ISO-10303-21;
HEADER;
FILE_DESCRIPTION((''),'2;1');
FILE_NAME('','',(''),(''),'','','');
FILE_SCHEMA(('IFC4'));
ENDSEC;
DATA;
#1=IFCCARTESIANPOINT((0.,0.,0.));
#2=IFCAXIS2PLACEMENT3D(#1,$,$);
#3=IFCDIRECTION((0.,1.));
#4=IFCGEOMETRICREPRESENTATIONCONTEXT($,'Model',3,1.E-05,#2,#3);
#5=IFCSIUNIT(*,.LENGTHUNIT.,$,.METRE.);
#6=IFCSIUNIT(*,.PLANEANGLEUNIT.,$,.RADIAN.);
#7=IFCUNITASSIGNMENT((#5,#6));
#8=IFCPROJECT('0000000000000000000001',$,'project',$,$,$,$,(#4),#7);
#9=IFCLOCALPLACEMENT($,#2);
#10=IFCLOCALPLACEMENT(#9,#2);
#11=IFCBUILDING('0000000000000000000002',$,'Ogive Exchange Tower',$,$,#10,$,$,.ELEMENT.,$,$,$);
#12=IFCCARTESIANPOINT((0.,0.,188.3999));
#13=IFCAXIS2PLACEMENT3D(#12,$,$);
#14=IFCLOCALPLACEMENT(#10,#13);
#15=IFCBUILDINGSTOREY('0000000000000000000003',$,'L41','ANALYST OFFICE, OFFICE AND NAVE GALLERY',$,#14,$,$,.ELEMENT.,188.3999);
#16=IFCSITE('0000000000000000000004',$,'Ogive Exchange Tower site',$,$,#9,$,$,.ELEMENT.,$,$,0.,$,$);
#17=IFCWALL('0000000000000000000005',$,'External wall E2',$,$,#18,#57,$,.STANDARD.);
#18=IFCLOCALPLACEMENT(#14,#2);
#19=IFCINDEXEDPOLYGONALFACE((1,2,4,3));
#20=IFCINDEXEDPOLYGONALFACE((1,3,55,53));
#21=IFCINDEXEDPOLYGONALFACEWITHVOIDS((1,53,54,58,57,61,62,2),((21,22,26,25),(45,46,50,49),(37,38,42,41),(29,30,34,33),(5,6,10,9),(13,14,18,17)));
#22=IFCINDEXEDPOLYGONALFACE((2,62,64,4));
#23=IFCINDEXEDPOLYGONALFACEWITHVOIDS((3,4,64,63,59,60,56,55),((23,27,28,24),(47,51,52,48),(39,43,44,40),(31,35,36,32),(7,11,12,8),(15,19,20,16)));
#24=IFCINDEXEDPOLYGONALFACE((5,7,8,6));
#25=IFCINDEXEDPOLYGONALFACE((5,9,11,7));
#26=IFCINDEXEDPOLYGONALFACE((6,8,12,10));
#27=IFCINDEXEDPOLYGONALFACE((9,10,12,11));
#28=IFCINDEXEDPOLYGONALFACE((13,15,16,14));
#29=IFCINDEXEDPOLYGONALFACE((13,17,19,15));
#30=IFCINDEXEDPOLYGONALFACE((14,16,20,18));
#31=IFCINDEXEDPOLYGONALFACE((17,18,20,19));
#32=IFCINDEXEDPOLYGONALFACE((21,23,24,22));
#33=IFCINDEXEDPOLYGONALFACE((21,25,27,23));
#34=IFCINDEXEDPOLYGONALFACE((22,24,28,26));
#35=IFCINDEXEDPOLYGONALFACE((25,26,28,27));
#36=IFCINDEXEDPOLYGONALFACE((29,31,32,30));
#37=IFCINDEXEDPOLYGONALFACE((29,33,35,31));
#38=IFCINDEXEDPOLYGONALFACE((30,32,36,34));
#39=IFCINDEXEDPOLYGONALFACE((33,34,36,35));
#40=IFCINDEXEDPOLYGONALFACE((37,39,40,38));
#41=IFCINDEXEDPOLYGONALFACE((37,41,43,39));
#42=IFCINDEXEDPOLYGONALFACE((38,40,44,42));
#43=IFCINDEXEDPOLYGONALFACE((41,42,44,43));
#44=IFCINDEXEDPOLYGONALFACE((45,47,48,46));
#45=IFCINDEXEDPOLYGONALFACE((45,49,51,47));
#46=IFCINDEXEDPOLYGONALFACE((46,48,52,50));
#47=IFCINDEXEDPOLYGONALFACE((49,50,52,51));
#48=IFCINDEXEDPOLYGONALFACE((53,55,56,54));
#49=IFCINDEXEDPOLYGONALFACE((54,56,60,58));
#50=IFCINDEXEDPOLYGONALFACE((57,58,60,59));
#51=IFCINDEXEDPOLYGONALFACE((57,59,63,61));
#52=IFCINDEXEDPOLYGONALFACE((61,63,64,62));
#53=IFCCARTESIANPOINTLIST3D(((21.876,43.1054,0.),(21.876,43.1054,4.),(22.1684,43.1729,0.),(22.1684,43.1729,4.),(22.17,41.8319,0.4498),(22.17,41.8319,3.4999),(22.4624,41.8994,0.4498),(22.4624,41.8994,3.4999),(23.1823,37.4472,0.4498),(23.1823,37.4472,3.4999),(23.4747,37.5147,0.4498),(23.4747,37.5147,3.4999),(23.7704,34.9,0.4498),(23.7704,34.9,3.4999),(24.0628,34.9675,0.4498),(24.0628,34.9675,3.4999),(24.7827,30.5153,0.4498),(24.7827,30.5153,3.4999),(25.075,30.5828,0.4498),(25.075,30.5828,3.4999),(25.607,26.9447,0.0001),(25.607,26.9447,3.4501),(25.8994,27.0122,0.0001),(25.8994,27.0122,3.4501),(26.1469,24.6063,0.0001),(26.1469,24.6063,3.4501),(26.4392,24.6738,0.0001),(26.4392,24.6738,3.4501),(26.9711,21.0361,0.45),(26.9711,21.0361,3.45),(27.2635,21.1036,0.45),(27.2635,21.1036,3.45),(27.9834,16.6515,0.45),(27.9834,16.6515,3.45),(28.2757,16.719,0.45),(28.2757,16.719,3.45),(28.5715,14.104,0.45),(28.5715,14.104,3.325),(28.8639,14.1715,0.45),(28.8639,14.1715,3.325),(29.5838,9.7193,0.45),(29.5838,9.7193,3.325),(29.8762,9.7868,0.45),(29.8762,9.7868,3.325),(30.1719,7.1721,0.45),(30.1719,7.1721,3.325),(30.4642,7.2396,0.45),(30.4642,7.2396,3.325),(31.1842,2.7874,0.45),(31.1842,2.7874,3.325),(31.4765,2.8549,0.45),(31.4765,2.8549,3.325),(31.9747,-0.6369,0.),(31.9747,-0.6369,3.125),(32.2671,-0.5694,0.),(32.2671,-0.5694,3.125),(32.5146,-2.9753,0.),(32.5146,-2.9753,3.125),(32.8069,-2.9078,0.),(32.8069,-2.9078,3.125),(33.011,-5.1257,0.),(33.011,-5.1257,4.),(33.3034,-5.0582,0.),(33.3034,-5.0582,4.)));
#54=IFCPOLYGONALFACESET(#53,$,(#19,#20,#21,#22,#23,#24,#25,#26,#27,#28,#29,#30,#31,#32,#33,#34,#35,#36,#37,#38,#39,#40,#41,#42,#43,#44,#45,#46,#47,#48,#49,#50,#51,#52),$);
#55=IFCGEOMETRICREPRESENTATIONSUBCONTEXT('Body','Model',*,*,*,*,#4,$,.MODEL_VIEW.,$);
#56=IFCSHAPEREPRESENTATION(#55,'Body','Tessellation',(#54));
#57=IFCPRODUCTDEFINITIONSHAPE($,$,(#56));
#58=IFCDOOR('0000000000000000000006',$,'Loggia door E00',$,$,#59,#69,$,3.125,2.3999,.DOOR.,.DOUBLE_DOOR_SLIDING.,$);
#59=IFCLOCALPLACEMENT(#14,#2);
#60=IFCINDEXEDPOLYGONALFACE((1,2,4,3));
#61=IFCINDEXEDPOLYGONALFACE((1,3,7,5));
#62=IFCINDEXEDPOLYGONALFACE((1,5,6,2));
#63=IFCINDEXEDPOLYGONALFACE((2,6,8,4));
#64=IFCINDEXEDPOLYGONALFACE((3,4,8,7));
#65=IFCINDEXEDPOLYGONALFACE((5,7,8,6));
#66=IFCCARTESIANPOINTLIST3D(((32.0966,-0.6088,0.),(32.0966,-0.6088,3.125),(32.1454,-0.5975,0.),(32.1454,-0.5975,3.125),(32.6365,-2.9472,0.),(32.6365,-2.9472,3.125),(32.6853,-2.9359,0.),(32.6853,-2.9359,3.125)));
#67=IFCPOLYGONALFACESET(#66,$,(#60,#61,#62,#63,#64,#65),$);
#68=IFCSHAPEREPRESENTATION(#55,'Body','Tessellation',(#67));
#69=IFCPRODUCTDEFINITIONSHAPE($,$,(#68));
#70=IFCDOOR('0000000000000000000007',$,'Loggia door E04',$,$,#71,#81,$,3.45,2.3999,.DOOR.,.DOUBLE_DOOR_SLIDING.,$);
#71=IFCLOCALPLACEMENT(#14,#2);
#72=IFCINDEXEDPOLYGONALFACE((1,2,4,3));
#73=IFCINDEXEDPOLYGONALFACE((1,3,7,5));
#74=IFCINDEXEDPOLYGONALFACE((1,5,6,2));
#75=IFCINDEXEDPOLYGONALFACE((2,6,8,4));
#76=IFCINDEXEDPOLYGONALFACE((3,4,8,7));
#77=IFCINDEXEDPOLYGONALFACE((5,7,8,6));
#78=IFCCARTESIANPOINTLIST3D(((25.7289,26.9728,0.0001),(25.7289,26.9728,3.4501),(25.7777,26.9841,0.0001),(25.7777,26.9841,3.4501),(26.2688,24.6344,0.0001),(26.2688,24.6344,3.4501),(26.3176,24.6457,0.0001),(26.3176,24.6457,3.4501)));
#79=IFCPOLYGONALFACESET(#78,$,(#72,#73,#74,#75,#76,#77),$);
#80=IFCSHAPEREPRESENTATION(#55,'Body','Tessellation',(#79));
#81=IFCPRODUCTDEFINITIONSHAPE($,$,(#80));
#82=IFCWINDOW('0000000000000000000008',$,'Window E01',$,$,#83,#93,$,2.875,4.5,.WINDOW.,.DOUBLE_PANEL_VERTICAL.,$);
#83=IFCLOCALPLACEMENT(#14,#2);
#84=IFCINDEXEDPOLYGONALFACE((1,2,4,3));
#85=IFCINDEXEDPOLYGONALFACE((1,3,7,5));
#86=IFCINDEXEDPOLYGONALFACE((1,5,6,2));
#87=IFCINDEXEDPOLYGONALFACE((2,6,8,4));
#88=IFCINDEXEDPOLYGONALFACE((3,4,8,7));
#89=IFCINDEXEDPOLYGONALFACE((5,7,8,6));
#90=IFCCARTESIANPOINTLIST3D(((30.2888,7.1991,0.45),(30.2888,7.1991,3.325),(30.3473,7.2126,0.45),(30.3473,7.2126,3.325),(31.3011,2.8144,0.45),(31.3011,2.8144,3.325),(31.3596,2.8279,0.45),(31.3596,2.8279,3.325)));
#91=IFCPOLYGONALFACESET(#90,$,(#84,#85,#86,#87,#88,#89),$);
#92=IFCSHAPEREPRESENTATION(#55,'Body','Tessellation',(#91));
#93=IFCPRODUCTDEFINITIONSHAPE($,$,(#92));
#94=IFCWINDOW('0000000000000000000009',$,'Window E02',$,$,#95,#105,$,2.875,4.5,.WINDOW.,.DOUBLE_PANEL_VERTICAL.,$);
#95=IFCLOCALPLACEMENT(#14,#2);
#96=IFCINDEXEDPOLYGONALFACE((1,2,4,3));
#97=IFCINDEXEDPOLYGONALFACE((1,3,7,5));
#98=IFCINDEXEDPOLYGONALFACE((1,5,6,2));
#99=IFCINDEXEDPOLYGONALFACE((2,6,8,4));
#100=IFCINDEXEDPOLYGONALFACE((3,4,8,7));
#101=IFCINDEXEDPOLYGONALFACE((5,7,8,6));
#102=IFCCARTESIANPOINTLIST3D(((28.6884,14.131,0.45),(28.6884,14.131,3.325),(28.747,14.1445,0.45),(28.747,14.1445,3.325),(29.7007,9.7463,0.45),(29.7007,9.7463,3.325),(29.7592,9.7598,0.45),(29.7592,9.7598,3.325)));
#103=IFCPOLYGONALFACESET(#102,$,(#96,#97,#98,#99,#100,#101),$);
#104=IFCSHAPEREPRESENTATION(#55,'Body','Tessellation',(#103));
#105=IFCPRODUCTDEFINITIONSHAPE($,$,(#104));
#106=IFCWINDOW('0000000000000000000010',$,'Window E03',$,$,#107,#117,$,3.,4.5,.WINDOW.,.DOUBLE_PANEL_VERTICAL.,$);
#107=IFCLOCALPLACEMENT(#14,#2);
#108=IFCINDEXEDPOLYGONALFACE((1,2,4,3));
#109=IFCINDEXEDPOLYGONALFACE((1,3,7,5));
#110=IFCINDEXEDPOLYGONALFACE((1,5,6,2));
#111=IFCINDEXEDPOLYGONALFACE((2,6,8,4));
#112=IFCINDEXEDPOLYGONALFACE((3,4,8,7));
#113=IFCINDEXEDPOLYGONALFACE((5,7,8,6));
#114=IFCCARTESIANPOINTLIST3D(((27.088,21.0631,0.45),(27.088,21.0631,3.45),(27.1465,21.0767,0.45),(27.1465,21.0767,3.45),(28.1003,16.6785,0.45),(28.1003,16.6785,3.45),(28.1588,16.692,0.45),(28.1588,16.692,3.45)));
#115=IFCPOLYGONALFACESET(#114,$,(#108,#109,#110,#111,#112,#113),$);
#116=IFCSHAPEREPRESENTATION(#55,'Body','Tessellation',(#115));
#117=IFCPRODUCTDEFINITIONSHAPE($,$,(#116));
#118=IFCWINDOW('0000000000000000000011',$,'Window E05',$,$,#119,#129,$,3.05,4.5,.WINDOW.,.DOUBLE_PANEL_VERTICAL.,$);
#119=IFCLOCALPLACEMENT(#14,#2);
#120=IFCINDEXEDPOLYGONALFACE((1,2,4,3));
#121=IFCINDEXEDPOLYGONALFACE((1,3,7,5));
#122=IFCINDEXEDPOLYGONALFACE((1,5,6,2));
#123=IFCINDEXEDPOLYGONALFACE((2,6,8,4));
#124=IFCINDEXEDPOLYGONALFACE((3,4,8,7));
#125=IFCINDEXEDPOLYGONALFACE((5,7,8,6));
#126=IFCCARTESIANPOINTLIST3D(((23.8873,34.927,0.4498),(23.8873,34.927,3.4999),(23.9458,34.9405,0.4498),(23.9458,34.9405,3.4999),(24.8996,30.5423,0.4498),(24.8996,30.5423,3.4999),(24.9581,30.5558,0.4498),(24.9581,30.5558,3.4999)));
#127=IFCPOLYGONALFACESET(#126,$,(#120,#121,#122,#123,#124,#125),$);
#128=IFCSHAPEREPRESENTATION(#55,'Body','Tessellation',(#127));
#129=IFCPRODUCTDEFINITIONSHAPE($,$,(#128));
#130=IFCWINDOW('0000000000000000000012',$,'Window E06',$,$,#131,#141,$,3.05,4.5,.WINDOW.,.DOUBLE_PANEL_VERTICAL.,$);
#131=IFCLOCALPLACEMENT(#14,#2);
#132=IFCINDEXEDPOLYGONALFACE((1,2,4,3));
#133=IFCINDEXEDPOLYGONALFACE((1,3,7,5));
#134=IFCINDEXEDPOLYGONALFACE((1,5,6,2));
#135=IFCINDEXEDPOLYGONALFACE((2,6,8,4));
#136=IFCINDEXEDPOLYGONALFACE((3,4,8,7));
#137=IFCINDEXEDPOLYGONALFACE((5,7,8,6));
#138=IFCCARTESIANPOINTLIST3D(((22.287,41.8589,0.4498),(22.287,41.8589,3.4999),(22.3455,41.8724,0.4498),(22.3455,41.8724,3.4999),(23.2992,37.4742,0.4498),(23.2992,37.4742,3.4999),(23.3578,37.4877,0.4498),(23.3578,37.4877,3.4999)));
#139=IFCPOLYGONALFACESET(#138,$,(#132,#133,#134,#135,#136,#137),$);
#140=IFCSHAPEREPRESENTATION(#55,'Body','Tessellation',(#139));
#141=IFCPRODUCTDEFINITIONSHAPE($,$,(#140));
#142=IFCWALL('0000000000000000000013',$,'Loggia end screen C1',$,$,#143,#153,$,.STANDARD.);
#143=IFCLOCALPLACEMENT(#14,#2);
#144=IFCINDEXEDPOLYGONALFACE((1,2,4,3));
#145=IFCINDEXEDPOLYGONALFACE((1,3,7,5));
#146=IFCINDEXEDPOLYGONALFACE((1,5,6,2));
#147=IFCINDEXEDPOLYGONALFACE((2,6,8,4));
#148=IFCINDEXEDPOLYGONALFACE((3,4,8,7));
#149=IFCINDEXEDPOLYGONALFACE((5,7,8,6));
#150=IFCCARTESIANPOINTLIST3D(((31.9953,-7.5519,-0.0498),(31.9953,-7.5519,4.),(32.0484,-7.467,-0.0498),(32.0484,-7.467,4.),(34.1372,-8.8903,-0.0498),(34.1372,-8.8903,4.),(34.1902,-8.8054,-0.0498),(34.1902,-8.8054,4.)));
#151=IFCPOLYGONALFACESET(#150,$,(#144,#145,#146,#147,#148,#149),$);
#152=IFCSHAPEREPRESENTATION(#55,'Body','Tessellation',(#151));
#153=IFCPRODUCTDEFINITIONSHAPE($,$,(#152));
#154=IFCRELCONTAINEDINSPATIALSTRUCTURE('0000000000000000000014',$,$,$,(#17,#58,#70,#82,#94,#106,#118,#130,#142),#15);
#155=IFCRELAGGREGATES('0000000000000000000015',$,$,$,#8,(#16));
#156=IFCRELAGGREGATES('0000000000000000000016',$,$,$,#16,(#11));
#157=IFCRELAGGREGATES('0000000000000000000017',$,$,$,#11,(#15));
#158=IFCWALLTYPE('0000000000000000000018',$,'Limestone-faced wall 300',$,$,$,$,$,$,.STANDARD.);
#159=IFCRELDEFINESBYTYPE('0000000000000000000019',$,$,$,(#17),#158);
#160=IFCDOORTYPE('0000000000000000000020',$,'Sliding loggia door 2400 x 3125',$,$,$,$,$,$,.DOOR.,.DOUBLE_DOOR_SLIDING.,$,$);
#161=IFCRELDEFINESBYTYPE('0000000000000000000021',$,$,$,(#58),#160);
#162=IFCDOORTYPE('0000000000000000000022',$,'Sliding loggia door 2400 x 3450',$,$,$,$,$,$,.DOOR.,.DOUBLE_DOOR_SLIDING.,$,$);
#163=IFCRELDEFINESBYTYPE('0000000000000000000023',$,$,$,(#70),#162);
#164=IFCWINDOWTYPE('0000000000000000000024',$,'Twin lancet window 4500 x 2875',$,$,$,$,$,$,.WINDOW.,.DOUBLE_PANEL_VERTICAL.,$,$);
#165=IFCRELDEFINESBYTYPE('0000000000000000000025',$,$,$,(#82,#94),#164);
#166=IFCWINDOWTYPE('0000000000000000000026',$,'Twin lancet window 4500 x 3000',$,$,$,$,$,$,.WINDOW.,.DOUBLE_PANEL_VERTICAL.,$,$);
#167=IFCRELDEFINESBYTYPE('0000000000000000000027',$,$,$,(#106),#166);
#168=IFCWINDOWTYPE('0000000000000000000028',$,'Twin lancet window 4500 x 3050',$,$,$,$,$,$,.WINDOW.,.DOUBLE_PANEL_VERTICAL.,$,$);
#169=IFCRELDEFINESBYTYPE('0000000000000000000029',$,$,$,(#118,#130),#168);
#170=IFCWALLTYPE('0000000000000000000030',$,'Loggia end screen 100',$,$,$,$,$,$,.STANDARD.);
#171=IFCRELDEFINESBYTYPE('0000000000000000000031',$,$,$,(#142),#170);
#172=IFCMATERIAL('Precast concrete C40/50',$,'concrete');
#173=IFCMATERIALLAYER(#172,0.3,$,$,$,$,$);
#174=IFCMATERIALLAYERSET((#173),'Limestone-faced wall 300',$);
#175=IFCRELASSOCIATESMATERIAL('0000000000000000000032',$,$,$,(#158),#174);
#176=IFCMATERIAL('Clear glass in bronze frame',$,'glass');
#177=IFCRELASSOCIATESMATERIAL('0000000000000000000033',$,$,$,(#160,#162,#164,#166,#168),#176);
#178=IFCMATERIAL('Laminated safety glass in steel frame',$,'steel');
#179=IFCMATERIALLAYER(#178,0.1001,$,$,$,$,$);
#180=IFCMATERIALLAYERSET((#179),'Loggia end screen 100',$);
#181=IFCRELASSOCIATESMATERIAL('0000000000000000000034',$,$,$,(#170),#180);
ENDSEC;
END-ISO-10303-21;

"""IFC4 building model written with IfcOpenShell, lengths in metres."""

from ifc_helpers import new_model, si_unit, direction, frame, frame_2d, origin, place, context, subcontext, project, spatial, rectangle, extrude, material, layer, layer_set, type_object, element, fill, save


model = new_model("IFC4")

# Units and contexts
model_context = context("Model", 3, precision=1e-05, world=origin(), true_north=direction((0.0, 1.0)))
body_context = subcontext(model_context, "Body", "Model", "MODEL_VIEW")
ifc_project = project(units=[si_unit("LENGTHUNIT", "METRE"), si_unit("PLANEANGLEUNIT", "RADIAN")], contexts=[model_context])

# Site, building, storey
site_placement = place(None, origin())
site = spatial("IfcSite", under=ifc_project, at=site_placement, Name="Ogive Exchange Tower site", CompositionType="ELEMENT", RefElevation=0.0)
building_placement = place(site_placement, origin())
building = spatial("IfcBuilding", under=site, at=building_placement, Name="Ogive Exchange Tower", CompositionType="ELEMENT")
storey_placement = place(building_placement, frame((0.0, 0.0, 188.3999)))
storey = spatial("IfcBuildingStorey", under=building, at=storey_placement, Name="L41", Description="ANALYST OFFICE, OFFICE AND NAVE GALLERY", CompositionType="ELEMENT", Elevation=188.3999)

# Wall, openings, doors, windows
ifc_material_1 = material(Name="Precast concrete C40/50", Category="concrete")
ifc_layer_1 = layer(ifc_material_1, 0.3)
ifc_layer_set_1 = layer_set([ifc_layer_1], Name="Limestone-faced wall 300")
wall_type_1 = type_object("IfcWallType", Name="Limestone-faced wall 300", PredefinedType="STANDARD", material=ifc_layer_set_1)
wall_1_placement = place(storey_placement, frame((33.1572, -5.092, 0.0), z_axis=(0.0, 0.0, 1.0), x_axis=(-0.22495, 0.97437, 0.0)))
wall_1 = element("IfcWall", 1, at=wall_1_placement, inside=storey, type_object=wall_type_1, Name="External wall E2", PredefinedType="STANDARD", context=body_context, shape_type="SweptSolid", body=[
    extrude(rectangle(XDim=49.4998, YDim=0.3, at=frame_2d((24.75, 0.0))), origin(), (0.0, 0.0, 1.0), 4.0),
])
opening_1_placement = place(wall_1_placement, frame((2.207, 0.0, 0.0)))
opening_1 = element("IfcOpeningElement", 2, at=opening_1_placement, cuts=wall_1, PredefinedType="OPENING", context=body_context, shape_type="SweptSolid", body=[
    extrude(rectangle(XDim=2.3999, YDim=3.125, at=frame_2d((1.2, 1.5625))), frame((0.0, 0.1599, 0.0), z_axis=(0.0, -1.0, 0.0), x_axis=(1.0, 0.0, 0.0)), (0.0, 0.0, 1.0), 0.3201),
])
opening_2_placement = place(wall_1_placement, frame((8.1213, 0.0, 0.45)))
opening_2 = element("IfcOpeningElement", 3, at=opening_2_placement, cuts=wall_1, PredefinedType="OPENING", context=body_context, shape_type="SweptSolid", body=[
    extrude(rectangle(XDim=4.5, YDim=2.875, at=frame_2d((2.25, 1.4375))), frame((0.0, 0.1599, 0.0), z_axis=(0.0, -1.0, 0.0), x_axis=(1.0, 0.0, 0.0)), (0.0, 0.0, 1.0), 0.3201),
])
opening_3_placement = place(wall_1_placement, frame((15.2356, 0.0, 0.45)))
opening_3 = element("IfcOpeningElement", 4, at=opening_3_placement, cuts=wall_1, PredefinedType="OPENING", context=body_context, shape_type="SweptSolid", body=[
    extrude(rectangle(XDim=4.5, YDim=2.875, at=frame_2d((2.25, 1.4375))), frame((0.0, 0.1599, 0.0), z_axis=(0.0, -1.0, 0.0), x_axis=(1.0, 0.0, 0.0)), (0.0, 0.0, 1.0), 0.3201),
])
opening_4_placement = place(wall_1_placement, frame((22.3501, 0.0, 0.45)))
opening_4 = element("IfcOpeningElement", 5, at=opening_4_placement, cuts=wall_1, PredefinedType="OPENING", context=body_context, shape_type="SweptSolid", body=[
    extrude(rectangle(XDim=4.5, YDim=3.0, at=frame_2d((2.25, 1.5))), frame((0.0, 0.1599, 0.0), z_axis=(0.0, -1.0, 0.0), x_axis=(1.0, 0.0, 0.0)), (0.0, 0.0, 1.0), 0.3201),
])
opening_5_placement = place(wall_1_placement, frame((30.5142, 0.0, 0.0)))
opening_5 = element("IfcOpeningElement", 6, at=opening_5_placement, cuts=wall_1, PredefinedType="OPENING", context=body_context, shape_type="SweptSolid", body=[
    extrude(rectangle(XDim=2.3999, YDim=3.45, at=frame_2d((1.2, 1.7251))), frame((0.0, 0.1599, 0.0), z_axis=(0.0, -1.0, 0.0), x_axis=(1.0, 0.0, 0.0)), (0.0, 0.0, 1.0), 0.3201),
])
opening_6_placement = place(wall_1_placement, frame((36.5786, 0.0, 0.45)))
opening_6 = element("IfcOpeningElement", 7, at=opening_6_placement, cuts=wall_1, PredefinedType="OPENING", context=body_context, shape_type="SweptSolid", body=[
    extrude(rectangle(XDim=4.5, YDim=3.05, at=frame_2d((2.25, 1.5249))), frame((0.0, 0.1599, 0.0), z_axis=(0.0, -1.0, 0.0), x_axis=(1.0, 0.0, 0.0)), (0.0, 0.0, 1.0), 0.3201),
])
opening_7_placement = place(wall_1_placement, frame((43.6929, 0.0, 0.45)))
opening_7 = element("IfcOpeningElement", 8, at=opening_7_placement, cuts=wall_1, PredefinedType="OPENING", context=body_context, shape_type="SweptSolid", body=[
    extrude(rectangle(XDim=4.5, YDim=3.05, at=frame_2d((2.25, 1.5249))), frame((0.0, 0.1599, 0.0), z_axis=(0.0, -1.0, 0.0), x_axis=(1.0, 0.0, 0.0)), (0.0, 0.0, 1.0), 0.3201),
])
ifc_material_2 = material(Name="Clear glass in bronze frame", Category="glass")
door_type_1 = type_object("IfcDoorType", Name="Sliding loggia door 2400 x 3125", OperationType="DOUBLE_DOOR_SLIDING", PredefinedType="DOOR", material=ifc_material_2)
door_1_placement = place(opening_1_placement, origin())
door_1 = element("IfcDoor", 9, at=door_1_placement, inside=storey, type_object=door_type_1, Name="Loggia door E00", OperationType="DOUBLE_DOOR_SLIDING", OverallHeight=3.125, OverallWidth=2.3999, PredefinedType="DOOR", context=body_context, shape_type="SweptSolid", body=[
    extrude(rectangle(XDim=2.3999, YDim=3.125, at=frame_2d((1.2, 1.5625))), frame((0.0, 0.0249, 0.0), z_axis=(0.0, -1.0, 0.0), x_axis=(1.0, 0.0, 0.0)), (0.0, 0.0, 1.0), 0.05),
])
fill(opening_1, door_1)
door_type_2 = type_object("IfcDoorType", Name="Sliding loggia door 2400 x 3450", OperationType="DOUBLE_DOOR_SLIDING", PredefinedType="DOOR", material=ifc_material_2)
door_2_placement = place(opening_5_placement, origin())
door_2 = element("IfcDoor", 10, at=door_2_placement, inside=storey, type_object=door_type_2, Name="Loggia door E04", OperationType="DOUBLE_DOOR_SLIDING", OverallHeight=3.45, OverallWidth=2.3999, PredefinedType="DOOR", context=body_context, shape_type="SweptSolid", body=[
    extrude(rectangle(XDim=2.3999, YDim=3.45, at=frame_2d((1.2, 1.7251))), frame((0.0, 0.0249, 0.0), z_axis=(0.0, -1.0, 0.0), x_axis=(1.0, 0.0, 0.0)), (0.0, 0.0, 1.0), 0.05),
])
fill(opening_5, door_2)
window_type_1 = type_object("IfcWindowType", Name="Twin lancet window 4500 x 2875", PartitioningType="DOUBLE_PANEL_VERTICAL", PredefinedType="WINDOW", material=ifc_material_2)
window_1_placement = place(opening_2_placement, origin())
window_1 = element("IfcWindow", 11, at=window_1_placement, inside=storey, type_object=window_type_1, Name="Window E01", OverallHeight=2.875, OverallWidth=4.5, PartitioningType="DOUBLE_PANEL_VERTICAL", PredefinedType="WINDOW", context=body_context, shape_type="SweptSolid", body=[
    extrude(rectangle(XDim=4.5, YDim=2.875, at=frame_2d((2.25, 1.4375))), frame((0.0, 0.03, 0.0), z_axis=(0.0, -1.0, 0.0), x_axis=(1.0, 0.0, 0.0)), (0.0, 0.0, 1.0), 0.0601),
])
fill(opening_2, window_1)
window_2_placement = place(opening_3_placement, origin())
window_2 = element("IfcWindow", 12, at=window_2_placement, inside=storey, type_object=window_type_1, Name="Window E02", OverallHeight=2.875, OverallWidth=4.5, PartitioningType="DOUBLE_PANEL_VERTICAL", PredefinedType="WINDOW", context=body_context, shape_type="SweptSolid", body=[
    extrude(rectangle(XDim=4.5, YDim=2.875, at=frame_2d((2.25, 1.4375))), frame((0.0, 0.03, 0.0), z_axis=(0.0, -1.0, 0.0), x_axis=(1.0, 0.0, 0.0)), (0.0, 0.0, 1.0), 0.0601),
])
fill(opening_3, window_2)
window_type_2 = type_object("IfcWindowType", Name="Twin lancet window 4500 x 3000", PartitioningType="DOUBLE_PANEL_VERTICAL", PredefinedType="WINDOW", material=ifc_material_2)
window_3_placement = place(opening_4_placement, origin())
window_3 = element("IfcWindow", 13, at=window_3_placement, inside=storey, type_object=window_type_2, Name="Window E03", OverallHeight=3.0, OverallWidth=4.5, PartitioningType="DOUBLE_PANEL_VERTICAL", PredefinedType="WINDOW", context=body_context, shape_type="SweptSolid", body=[
    extrude(rectangle(XDim=4.5, YDim=3.0, at=frame_2d((2.25, 1.5))), frame((0.0, 0.03, 0.0), z_axis=(0.0, -1.0, 0.0), x_axis=(1.0, 0.0, 0.0)), (0.0, 0.0, 1.0), 0.0601),
])
fill(opening_4, window_3)
window_type_3 = type_object("IfcWindowType", Name="Twin lancet window 4500 x 3050", PartitioningType="DOUBLE_PANEL_VERTICAL", PredefinedType="WINDOW", material=ifc_material_2)
window_4_placement = place(opening_6_placement, origin())
window_4 = element("IfcWindow", 14, at=window_4_placement, inside=storey, type_object=window_type_3, Name="Window E05", OverallHeight=3.05, OverallWidth=4.5, PartitioningType="DOUBLE_PANEL_VERTICAL", PredefinedType="WINDOW", context=body_context, shape_type="SweptSolid", body=[
    extrude(rectangle(XDim=4.5, YDim=3.05, at=frame_2d((2.25, 1.5249))), frame((0.0, 0.03, 0.0), z_axis=(0.0, -1.0, 0.0), x_axis=(1.0, 0.0, 0.0)), (0.0, 0.0, 1.0), 0.0601),
])
fill(opening_6, window_4)
window_5_placement = place(opening_7_placement, origin())
window_5 = element("IfcWindow", 15, at=window_5_placement, inside=storey, type_object=window_type_3, Name="Window E06", OverallHeight=3.05, OverallWidth=4.5, PartitioningType="DOUBLE_PANEL_VERTICAL", PredefinedType="WINDOW", context=body_context, shape_type="SweptSolid", body=[
    extrude(rectangle(XDim=4.5, YDim=3.05, at=frame_2d((2.25, 1.5249))), frame((0.0, 0.03, 0.0), z_axis=(0.0, -1.0, 0.0), x_axis=(1.0, 0.0, 0.0)), (0.0, 0.0, 1.0), 0.0601),
])
fill(opening_7, window_5)

# Wall
ifc_material_3 = material(Name="Laminated safety glass in steel frame", Category="steel")
ifc_layer_2 = layer(ifc_material_3, 0.1001)
ifc_layer_set_2 = layer_set([ifc_layer_2], Name="Loggia end screen 100")
wall_type_2 = type_object("IfcWallType", Name="Loggia end screen 100", PredefinedType="STANDARD", material=ifc_layer_set_2)
wall_2_placement = place(storey_placement, frame((32.022, -7.5095, -0.0498), z_axis=(0.0, 0.0, 1.0), x_axis=(0.848047, -0.529921, 0.0)))
element("IfcWall", 16, at=wall_2_placement, inside=storey, type_object=wall_type_2, Name="Loggia end screen C1", PredefinedType="STANDARD", context=body_context, shape_type="SweptSolid", body=[
    extrude(rectangle(XDim=2.5256, YDim=0.1001, at=frame_2d((1.2627, 0.0))), origin(), (0.0, 0.0, 1.0), 4.0498),
])

save(model, "model.ifc")
